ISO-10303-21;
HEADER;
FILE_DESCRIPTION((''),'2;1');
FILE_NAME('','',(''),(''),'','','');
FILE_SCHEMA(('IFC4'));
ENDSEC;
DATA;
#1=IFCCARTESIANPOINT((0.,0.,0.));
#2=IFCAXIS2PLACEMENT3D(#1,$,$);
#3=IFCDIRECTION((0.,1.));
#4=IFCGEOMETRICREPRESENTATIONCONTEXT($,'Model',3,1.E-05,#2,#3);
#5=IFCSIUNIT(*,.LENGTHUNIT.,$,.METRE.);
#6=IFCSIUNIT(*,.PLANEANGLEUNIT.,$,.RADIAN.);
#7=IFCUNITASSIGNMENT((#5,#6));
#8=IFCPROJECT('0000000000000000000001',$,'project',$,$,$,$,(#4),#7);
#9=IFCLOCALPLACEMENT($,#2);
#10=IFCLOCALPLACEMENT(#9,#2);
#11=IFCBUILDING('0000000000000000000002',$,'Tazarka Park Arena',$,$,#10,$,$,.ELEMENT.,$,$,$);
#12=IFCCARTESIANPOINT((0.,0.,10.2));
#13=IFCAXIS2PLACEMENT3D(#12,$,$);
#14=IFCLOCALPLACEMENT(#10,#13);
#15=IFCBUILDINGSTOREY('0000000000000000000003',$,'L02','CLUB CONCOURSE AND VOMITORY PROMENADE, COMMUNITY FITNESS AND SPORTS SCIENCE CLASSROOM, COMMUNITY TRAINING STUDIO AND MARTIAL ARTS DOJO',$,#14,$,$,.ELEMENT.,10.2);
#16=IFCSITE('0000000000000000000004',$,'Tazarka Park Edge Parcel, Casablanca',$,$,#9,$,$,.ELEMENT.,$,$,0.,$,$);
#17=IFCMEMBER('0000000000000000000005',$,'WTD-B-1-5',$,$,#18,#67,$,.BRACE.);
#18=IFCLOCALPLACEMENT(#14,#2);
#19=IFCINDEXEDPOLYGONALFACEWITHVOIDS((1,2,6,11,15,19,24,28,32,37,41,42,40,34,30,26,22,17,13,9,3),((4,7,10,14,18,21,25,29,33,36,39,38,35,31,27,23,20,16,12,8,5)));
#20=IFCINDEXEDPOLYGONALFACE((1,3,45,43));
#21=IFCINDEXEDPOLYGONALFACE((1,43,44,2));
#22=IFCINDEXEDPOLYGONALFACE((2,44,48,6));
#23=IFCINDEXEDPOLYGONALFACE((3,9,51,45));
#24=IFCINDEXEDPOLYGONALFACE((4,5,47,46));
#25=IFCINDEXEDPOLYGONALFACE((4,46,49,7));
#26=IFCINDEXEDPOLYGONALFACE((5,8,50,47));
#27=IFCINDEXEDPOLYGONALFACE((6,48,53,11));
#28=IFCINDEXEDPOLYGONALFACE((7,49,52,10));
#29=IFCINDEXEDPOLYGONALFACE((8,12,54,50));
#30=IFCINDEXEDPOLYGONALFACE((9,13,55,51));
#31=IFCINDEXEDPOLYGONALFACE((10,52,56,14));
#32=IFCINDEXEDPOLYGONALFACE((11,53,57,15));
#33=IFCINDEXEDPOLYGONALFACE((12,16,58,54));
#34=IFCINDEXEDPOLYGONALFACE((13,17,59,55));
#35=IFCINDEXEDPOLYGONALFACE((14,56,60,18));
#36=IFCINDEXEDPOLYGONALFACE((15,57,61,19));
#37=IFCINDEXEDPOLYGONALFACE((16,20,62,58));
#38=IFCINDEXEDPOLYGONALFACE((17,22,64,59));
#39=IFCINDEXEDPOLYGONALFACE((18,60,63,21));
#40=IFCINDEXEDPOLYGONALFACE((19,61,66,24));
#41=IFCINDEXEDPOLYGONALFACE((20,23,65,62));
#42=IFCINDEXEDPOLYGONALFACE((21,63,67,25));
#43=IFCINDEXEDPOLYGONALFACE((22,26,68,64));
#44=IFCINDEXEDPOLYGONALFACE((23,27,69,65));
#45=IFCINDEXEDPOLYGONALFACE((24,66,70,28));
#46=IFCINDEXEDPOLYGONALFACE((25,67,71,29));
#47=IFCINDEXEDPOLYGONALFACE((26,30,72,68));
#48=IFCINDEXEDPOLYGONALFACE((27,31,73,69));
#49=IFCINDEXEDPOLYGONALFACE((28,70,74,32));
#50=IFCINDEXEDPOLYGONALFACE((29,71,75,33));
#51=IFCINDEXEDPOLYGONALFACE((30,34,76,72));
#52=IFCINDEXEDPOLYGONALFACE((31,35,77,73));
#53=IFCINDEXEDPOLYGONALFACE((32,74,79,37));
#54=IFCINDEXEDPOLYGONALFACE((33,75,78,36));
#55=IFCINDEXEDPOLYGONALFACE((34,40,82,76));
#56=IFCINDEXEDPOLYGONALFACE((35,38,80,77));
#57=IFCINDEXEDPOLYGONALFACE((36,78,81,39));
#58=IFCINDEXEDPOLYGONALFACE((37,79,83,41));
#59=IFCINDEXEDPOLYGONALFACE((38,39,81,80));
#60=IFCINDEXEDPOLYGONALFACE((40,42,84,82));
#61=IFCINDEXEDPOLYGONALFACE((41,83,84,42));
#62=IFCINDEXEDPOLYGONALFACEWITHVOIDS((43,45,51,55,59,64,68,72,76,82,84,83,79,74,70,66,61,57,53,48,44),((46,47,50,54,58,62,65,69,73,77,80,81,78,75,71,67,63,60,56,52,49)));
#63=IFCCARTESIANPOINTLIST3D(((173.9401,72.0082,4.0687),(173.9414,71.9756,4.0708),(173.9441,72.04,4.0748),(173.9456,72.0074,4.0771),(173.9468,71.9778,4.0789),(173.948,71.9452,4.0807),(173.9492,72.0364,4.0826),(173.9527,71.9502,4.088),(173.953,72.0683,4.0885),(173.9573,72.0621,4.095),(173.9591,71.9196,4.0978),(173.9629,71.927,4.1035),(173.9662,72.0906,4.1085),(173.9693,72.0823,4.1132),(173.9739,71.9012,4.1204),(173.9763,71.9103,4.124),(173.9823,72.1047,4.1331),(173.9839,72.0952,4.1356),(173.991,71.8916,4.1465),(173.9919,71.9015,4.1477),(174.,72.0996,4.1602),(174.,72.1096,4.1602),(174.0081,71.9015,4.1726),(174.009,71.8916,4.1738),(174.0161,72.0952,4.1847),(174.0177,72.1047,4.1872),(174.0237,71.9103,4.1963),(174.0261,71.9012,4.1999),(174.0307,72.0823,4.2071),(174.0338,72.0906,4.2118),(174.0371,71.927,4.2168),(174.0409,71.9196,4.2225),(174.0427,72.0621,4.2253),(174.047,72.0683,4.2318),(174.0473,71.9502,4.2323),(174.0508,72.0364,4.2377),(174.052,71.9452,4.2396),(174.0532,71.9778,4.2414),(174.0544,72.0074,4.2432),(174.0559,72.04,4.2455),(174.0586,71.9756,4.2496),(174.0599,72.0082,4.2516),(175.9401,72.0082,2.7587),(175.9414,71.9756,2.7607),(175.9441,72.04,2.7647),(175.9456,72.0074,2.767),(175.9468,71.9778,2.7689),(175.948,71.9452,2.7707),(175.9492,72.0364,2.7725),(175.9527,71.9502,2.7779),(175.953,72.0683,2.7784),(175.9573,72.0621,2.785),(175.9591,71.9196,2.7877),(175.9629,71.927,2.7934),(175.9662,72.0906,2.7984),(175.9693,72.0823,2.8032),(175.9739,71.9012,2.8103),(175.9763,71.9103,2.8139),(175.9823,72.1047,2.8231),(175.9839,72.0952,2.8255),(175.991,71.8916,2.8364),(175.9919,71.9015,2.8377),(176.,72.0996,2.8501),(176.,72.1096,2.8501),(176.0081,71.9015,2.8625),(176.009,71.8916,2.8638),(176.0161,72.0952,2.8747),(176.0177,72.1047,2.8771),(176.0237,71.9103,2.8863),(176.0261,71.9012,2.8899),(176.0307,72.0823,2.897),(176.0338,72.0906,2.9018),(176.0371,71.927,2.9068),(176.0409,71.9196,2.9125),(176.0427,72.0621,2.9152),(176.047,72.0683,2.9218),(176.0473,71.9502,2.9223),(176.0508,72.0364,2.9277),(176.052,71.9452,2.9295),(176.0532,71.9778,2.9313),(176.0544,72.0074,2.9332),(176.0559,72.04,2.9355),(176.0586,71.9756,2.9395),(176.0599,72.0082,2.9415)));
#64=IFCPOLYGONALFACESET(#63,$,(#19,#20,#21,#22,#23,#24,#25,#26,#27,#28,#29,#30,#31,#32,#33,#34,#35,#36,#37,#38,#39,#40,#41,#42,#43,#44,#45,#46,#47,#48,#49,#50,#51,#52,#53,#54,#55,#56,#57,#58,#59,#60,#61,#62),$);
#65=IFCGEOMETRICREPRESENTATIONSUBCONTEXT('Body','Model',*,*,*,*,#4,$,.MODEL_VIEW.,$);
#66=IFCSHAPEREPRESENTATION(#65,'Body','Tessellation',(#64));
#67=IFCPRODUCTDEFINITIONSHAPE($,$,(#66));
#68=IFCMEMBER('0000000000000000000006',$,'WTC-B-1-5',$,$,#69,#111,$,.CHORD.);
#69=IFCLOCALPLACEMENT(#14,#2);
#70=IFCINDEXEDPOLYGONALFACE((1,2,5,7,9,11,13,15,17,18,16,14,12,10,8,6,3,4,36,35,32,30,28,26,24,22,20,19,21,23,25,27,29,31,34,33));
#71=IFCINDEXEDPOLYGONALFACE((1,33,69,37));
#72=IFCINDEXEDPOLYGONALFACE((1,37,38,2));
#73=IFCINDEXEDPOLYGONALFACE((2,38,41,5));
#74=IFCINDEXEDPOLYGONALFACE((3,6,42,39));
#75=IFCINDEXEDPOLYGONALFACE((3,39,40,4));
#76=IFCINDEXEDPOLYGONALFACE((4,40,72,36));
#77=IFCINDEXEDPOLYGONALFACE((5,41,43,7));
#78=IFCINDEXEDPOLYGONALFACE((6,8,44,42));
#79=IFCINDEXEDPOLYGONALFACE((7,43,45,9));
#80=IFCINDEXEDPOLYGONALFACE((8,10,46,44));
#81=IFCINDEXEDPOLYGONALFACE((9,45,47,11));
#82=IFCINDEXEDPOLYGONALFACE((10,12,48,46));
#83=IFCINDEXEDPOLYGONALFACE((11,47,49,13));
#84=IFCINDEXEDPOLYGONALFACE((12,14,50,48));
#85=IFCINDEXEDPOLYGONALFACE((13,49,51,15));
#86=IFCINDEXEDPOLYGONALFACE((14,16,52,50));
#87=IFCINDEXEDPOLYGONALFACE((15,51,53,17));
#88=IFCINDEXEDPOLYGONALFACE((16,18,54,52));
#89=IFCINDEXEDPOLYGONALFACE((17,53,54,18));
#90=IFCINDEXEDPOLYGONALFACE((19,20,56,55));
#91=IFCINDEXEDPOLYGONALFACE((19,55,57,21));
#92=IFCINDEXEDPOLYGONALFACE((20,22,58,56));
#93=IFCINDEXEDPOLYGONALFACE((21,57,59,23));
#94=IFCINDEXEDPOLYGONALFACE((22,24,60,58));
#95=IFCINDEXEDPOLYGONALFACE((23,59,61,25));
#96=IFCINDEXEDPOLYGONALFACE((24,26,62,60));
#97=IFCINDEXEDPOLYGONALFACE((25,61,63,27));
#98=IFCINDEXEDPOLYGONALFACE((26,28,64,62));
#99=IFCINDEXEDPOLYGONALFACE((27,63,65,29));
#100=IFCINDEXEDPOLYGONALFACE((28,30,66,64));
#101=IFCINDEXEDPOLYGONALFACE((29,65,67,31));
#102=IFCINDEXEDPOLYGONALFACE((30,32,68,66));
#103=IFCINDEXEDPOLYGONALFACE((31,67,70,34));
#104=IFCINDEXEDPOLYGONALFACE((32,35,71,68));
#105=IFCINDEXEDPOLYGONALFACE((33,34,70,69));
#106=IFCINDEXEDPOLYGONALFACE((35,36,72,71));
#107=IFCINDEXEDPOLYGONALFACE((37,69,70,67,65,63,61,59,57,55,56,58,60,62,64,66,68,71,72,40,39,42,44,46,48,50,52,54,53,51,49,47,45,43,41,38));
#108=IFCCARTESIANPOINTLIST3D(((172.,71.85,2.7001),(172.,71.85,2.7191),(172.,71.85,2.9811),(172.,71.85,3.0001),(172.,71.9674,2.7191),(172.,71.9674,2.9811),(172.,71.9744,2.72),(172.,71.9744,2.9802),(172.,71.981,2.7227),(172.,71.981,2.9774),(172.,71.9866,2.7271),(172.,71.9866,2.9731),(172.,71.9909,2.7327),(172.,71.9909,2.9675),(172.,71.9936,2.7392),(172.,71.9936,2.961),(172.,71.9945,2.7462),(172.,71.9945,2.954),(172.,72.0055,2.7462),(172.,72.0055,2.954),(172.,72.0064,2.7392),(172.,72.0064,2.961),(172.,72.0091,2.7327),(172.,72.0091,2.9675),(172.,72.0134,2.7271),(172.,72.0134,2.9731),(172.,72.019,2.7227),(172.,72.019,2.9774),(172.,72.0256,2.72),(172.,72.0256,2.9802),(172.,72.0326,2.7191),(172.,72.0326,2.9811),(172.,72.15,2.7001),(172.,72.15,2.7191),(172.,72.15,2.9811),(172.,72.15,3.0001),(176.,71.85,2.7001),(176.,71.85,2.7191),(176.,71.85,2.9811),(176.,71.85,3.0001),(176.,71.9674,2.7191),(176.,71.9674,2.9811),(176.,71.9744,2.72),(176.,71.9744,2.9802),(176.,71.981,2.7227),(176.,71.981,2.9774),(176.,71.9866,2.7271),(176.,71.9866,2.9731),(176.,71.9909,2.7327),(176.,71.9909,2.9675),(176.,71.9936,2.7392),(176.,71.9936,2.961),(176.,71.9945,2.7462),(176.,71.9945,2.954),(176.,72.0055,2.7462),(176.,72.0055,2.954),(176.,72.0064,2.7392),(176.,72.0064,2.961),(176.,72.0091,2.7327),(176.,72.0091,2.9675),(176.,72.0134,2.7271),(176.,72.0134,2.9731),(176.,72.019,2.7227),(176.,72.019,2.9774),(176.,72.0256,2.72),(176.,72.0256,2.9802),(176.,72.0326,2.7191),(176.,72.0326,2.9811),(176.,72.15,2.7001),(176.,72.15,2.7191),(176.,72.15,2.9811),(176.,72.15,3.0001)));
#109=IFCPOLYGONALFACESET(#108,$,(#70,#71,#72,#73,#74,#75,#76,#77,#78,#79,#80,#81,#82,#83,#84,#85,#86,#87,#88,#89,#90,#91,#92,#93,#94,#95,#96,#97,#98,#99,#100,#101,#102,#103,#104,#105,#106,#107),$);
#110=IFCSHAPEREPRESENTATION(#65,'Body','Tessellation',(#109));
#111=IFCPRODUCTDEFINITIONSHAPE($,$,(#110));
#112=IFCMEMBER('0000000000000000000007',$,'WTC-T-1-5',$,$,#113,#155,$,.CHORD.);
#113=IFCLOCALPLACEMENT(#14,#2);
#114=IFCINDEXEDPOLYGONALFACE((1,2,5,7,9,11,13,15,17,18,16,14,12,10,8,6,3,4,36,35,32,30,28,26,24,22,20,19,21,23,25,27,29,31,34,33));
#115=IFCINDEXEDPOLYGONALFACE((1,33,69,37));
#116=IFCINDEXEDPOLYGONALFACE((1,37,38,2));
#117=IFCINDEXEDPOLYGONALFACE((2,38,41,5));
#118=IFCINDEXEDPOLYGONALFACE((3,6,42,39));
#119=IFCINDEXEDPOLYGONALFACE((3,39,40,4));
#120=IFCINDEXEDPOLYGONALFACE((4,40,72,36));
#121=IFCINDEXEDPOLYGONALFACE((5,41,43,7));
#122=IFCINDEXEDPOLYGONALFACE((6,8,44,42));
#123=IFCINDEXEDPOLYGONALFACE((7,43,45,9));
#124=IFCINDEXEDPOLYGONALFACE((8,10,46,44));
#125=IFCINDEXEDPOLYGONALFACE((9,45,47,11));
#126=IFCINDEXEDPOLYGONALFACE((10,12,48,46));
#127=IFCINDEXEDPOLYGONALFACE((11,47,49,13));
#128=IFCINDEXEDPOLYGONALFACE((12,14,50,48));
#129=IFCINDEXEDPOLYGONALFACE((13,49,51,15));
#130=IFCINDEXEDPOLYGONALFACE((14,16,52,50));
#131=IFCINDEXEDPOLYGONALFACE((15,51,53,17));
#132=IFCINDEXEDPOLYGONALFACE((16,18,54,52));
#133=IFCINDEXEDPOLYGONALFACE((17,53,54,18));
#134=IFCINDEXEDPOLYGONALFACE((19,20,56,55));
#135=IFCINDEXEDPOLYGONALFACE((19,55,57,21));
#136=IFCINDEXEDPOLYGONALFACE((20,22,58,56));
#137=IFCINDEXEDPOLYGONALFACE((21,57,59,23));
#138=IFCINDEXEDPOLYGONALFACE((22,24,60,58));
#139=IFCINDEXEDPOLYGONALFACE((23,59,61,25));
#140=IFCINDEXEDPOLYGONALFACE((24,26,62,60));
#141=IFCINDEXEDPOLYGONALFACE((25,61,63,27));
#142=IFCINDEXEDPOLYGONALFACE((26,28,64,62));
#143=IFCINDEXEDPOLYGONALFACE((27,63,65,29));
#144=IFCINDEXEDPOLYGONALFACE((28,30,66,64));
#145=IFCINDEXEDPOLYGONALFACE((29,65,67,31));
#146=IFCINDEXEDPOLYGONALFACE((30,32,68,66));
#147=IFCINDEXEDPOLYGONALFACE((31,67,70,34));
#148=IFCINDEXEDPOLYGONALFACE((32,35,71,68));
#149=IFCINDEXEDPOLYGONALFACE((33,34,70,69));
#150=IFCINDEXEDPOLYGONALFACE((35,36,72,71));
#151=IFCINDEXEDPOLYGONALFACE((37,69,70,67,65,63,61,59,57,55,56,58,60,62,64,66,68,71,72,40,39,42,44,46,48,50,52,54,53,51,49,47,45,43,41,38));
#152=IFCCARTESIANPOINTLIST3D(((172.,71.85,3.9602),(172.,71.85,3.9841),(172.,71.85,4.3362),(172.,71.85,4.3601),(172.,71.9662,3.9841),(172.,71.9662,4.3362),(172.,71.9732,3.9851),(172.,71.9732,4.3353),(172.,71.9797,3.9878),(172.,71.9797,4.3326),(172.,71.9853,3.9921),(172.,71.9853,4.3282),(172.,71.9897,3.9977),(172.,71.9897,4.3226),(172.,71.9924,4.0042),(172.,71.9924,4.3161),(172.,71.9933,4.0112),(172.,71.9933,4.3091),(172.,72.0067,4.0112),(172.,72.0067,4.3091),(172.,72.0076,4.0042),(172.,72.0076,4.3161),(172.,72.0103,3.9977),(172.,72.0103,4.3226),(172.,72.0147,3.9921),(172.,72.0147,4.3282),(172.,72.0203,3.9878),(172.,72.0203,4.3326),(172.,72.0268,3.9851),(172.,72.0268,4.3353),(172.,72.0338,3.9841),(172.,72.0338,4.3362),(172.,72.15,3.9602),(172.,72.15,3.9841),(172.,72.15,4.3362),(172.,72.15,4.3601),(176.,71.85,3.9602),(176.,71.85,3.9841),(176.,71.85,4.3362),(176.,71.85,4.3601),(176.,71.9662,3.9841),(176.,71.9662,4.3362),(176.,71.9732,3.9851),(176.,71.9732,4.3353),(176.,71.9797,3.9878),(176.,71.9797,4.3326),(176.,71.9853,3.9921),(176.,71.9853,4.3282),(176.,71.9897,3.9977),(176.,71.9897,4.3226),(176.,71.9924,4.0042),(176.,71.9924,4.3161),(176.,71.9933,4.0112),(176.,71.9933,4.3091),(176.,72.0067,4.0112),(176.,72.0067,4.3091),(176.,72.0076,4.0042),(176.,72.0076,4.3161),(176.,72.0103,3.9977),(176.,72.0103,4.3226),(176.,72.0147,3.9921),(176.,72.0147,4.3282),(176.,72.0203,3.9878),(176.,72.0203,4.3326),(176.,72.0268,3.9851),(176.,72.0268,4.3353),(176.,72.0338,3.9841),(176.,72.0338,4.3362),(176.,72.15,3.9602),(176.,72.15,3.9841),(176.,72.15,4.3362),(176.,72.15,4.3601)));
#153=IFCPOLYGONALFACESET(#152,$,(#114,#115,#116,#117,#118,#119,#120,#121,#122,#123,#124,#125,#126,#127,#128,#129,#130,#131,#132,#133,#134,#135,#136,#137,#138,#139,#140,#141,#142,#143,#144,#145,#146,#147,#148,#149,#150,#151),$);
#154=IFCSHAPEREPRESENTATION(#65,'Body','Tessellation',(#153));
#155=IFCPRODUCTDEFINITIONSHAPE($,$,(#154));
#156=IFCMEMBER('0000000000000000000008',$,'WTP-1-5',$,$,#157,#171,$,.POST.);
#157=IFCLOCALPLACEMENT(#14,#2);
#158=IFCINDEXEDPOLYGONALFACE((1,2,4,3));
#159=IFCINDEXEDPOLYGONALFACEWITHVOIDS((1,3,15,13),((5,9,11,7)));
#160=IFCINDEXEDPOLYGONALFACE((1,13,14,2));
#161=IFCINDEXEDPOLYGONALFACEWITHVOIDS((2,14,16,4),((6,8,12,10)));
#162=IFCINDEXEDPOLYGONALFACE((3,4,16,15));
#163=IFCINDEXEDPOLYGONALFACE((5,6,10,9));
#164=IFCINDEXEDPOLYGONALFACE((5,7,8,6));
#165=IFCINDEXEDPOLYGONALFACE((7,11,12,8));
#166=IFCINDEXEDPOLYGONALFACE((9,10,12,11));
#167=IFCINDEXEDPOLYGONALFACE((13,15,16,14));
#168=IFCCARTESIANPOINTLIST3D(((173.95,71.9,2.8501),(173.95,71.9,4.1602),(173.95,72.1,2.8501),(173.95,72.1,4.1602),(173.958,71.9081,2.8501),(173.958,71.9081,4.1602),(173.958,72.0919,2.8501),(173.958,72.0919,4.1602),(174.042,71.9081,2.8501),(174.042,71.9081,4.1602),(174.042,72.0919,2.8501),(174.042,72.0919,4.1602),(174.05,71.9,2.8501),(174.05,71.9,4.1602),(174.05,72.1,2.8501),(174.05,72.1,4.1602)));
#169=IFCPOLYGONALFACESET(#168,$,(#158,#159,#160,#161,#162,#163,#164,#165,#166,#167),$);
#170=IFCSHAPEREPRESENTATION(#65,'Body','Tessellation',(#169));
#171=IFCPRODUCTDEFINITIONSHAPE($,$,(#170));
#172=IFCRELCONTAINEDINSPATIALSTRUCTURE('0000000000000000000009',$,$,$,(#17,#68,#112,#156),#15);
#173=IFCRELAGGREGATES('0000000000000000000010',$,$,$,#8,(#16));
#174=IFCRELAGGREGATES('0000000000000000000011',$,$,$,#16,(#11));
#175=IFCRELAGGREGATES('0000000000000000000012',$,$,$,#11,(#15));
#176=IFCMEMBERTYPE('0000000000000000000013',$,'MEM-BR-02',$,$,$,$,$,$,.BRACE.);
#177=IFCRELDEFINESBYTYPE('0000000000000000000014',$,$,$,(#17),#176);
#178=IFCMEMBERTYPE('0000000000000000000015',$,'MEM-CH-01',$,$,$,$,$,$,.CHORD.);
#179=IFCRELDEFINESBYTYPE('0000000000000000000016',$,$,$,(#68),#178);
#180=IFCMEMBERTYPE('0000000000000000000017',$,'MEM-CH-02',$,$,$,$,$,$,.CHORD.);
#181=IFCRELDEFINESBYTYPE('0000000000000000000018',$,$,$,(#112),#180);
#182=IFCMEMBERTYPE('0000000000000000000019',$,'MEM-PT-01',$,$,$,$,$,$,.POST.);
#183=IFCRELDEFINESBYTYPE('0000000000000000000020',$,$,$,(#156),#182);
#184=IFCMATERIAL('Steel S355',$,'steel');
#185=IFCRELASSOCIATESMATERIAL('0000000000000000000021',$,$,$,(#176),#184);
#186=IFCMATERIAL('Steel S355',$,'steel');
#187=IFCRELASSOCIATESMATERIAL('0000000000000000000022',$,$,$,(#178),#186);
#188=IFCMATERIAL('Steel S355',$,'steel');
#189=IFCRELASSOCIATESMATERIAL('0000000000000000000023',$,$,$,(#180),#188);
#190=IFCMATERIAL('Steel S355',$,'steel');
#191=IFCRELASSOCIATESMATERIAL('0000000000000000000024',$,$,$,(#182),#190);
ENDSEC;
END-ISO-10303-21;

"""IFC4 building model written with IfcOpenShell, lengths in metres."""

from ifc_helpers import new_model, si_unit, direction, frame, origin, origin_2d, place, context, subcontext, project, spatial, hollow_rectangle, hollow_circle, i_section, extrude, material, material_profile, profile_set, type_object, element, save


model = new_model("IFC4")

# Units and contexts
model_context = context("Model", 3, precision=1e-05, world=origin(), true_north=direction((0.0, 1.0)))
body_context = subcontext(model_context, "Body", "Model", "MODEL_VIEW")
ifc_project = project(units=[si_unit("LENGTHUNIT", "METRE"), si_unit("PLANEANGLEUNIT", "RADIAN")], contexts=[model_context])

# Site, building, storey
site_placement = place(None, origin())
site = spatial("IfcSite", under=ifc_project, at=site_placement, Name="Tazarka Park Edge Parcel, Casablanca", CompositionType="ELEMENT", RefElevation=0.0)
building_placement = place(site_placement, origin())
building = spatial("IfcBuilding", under=site, at=building_placement, Name="Tazarka Park Arena", CompositionType="ELEMENT")
storey_placement = place(building_placement, frame((0.0, 0.0, 10.2)))
storey = spatial("IfcBuildingStorey", under=building, at=storey_placement, Name="L02", Description="CLUB CONCOURSE AND VOMITORY PROMENADE, COMMUNITY FITNESS AND SPORTS SCIENCE CLASSROOM, COMMUNITY TRAINING STUDIO AND MARTIAL ARTS DOJO", CompositionType="ELEMENT", Elevation=10.2)

# Members
ifc_material_1 = material(Name="Steel S355", Category="steel")
ifc_material_profile_1 = material_profile(ifc_material_1, hollow_circle(Radius=0.1096, WallThickness=0.01, at=origin_2d()), Name="Steel S355")
ifc_profile_set_1 = profile_set([ifc_material_profile_1], Name="Steel S355")
member_type_1 = type_object("IfcMemberType", Name="MEM-BR-02", PredefinedType="BRACE", material=ifc_profile_set_1)
for number, where, z_axis, x_axis, name in (
    (1, (174.0, 72.0, 4.1602), (0.836516, 0.0, -0.547942), (0.0, 1.0, 0.0), "WTD-B-1-5"),
):
    element("IfcMember", number, at=place(storey_placement, frame(where, z_axis=z_axis, x_axis=x_axis)), inside=storey, type_object=member_type_1, Name=name, PredefinedType="BRACE", context=body_context, shape_type="SweptSolid", body=[
        extrude(hollow_circle(Radius=0.1096, WallThickness=0.01, at=origin_2d()), origin(), (0.0, 0.0, 1.0), 2.3909),
    ])
ifc_material_2 = material(Name="Steel S355", Category="steel")
ifc_material_profile_2 = material_profile(ifc_material_2, i_section(OverallWidth=0.3, OverallDepth=0.3, WebThickness=0.011, FlangeThickness=0.019, FilletRadius=0.0271, at=origin_2d()), Name="Steel S355")
ifc_profile_set_2 = profile_set([ifc_material_profile_2], Name="Steel S355")
member_type_2 = type_object("IfcMemberType", Name="MEM-CH-01", PredefinedType="CHORD", material=ifc_profile_set_2)
member_1_placement = place(storey_placement, frame((172.0, 72.0, 2.8501), z_axis=(1.0, 0.0, 0.0), x_axis=(0.0, 1.0, 0.0)))
element("IfcMember", 2, at=member_1_placement, inside=storey, type_object=member_type_2, Name="WTC-B-1-5", PredefinedType="CHORD", context=body_context, shape_type="SweptSolid", body=[
    extrude(i_section(OverallWidth=0.3, OverallDepth=0.3, WebThickness=0.011, FlangeThickness=0.019, FilletRadius=0.0271, at=origin_2d()), origin(), (0.0, 0.0, 1.0), 4.0),
])
ifc_material_3 = material(Name="Steel S355", Category="steel")
ifc_material_profile_3 = material_profile(ifc_material_3, i_section(OverallWidth=0.3, OverallDepth=0.3999, WebThickness=0.0134, FlangeThickness=0.0239, FilletRadius=0.0271, at=origin_2d()), Name="Steel S355")
ifc_profile_set_3 = profile_set([ifc_material_profile_3], Name="Steel S355")
member_type_3 = type_object("IfcMemberType", Name="MEM-CH-02", PredefinedType="CHORD", material=ifc_profile_set_3)
member_2_placement = place(storey_placement, frame((172.0, 72.0, 4.1602), z_axis=(1.0, 0.0, 0.0), x_axis=(0.0, 1.0, 0.0)))
element("IfcMember", 3, at=member_2_placement, inside=storey, type_object=member_type_3, Name="WTC-T-1-5", PredefinedType="CHORD", context=body_context, shape_type="SweptSolid", body=[
    extrude(i_section(OverallWidth=0.3, OverallDepth=0.3999, WebThickness=0.0134, FlangeThickness=0.0239, FilletRadius=0.0271, at=origin_2d()), origin(), (0.0, 0.0, 1.0), 4.0),
])
ifc_material_4 = material(Name="Steel S355", Category="steel")
ifc_material_profile_4 = material_profile(ifc_material_4, hollow_rectangle(XDim=0.1001, YDim=0.2, WallThickness=0.0081, at=origin_2d()), Name="Steel S355")
ifc_profile_set_4 = profile_set([ifc_material_profile_4], Name="Steel S355")
member_type_4 = type_object("IfcMemberType", Name="MEM-PT-01", PredefinedType="POST", material=ifc_profile_set_4)
member_3_placement = place(storey_placement, frame((174.0, 72.0, 2.8501), z_axis=(0.0, 0.0, 1.0), x_axis=(1.0, 0.0, 0.0)))
element("IfcMember", 4, at=member_3_placement, inside=storey, type_object=member_type_4, Name="WTP-1-5", PredefinedType="POST", context=body_context, shape_type="SweptSolid", body=[
    extrude(hollow_rectangle(XDim=0.1001, YDim=0.2, WallThickness=0.0081, at=origin_2d()), origin(), (0.0, 0.0, 1.0), 1.3101),
])

save(model, "model.ifc")
